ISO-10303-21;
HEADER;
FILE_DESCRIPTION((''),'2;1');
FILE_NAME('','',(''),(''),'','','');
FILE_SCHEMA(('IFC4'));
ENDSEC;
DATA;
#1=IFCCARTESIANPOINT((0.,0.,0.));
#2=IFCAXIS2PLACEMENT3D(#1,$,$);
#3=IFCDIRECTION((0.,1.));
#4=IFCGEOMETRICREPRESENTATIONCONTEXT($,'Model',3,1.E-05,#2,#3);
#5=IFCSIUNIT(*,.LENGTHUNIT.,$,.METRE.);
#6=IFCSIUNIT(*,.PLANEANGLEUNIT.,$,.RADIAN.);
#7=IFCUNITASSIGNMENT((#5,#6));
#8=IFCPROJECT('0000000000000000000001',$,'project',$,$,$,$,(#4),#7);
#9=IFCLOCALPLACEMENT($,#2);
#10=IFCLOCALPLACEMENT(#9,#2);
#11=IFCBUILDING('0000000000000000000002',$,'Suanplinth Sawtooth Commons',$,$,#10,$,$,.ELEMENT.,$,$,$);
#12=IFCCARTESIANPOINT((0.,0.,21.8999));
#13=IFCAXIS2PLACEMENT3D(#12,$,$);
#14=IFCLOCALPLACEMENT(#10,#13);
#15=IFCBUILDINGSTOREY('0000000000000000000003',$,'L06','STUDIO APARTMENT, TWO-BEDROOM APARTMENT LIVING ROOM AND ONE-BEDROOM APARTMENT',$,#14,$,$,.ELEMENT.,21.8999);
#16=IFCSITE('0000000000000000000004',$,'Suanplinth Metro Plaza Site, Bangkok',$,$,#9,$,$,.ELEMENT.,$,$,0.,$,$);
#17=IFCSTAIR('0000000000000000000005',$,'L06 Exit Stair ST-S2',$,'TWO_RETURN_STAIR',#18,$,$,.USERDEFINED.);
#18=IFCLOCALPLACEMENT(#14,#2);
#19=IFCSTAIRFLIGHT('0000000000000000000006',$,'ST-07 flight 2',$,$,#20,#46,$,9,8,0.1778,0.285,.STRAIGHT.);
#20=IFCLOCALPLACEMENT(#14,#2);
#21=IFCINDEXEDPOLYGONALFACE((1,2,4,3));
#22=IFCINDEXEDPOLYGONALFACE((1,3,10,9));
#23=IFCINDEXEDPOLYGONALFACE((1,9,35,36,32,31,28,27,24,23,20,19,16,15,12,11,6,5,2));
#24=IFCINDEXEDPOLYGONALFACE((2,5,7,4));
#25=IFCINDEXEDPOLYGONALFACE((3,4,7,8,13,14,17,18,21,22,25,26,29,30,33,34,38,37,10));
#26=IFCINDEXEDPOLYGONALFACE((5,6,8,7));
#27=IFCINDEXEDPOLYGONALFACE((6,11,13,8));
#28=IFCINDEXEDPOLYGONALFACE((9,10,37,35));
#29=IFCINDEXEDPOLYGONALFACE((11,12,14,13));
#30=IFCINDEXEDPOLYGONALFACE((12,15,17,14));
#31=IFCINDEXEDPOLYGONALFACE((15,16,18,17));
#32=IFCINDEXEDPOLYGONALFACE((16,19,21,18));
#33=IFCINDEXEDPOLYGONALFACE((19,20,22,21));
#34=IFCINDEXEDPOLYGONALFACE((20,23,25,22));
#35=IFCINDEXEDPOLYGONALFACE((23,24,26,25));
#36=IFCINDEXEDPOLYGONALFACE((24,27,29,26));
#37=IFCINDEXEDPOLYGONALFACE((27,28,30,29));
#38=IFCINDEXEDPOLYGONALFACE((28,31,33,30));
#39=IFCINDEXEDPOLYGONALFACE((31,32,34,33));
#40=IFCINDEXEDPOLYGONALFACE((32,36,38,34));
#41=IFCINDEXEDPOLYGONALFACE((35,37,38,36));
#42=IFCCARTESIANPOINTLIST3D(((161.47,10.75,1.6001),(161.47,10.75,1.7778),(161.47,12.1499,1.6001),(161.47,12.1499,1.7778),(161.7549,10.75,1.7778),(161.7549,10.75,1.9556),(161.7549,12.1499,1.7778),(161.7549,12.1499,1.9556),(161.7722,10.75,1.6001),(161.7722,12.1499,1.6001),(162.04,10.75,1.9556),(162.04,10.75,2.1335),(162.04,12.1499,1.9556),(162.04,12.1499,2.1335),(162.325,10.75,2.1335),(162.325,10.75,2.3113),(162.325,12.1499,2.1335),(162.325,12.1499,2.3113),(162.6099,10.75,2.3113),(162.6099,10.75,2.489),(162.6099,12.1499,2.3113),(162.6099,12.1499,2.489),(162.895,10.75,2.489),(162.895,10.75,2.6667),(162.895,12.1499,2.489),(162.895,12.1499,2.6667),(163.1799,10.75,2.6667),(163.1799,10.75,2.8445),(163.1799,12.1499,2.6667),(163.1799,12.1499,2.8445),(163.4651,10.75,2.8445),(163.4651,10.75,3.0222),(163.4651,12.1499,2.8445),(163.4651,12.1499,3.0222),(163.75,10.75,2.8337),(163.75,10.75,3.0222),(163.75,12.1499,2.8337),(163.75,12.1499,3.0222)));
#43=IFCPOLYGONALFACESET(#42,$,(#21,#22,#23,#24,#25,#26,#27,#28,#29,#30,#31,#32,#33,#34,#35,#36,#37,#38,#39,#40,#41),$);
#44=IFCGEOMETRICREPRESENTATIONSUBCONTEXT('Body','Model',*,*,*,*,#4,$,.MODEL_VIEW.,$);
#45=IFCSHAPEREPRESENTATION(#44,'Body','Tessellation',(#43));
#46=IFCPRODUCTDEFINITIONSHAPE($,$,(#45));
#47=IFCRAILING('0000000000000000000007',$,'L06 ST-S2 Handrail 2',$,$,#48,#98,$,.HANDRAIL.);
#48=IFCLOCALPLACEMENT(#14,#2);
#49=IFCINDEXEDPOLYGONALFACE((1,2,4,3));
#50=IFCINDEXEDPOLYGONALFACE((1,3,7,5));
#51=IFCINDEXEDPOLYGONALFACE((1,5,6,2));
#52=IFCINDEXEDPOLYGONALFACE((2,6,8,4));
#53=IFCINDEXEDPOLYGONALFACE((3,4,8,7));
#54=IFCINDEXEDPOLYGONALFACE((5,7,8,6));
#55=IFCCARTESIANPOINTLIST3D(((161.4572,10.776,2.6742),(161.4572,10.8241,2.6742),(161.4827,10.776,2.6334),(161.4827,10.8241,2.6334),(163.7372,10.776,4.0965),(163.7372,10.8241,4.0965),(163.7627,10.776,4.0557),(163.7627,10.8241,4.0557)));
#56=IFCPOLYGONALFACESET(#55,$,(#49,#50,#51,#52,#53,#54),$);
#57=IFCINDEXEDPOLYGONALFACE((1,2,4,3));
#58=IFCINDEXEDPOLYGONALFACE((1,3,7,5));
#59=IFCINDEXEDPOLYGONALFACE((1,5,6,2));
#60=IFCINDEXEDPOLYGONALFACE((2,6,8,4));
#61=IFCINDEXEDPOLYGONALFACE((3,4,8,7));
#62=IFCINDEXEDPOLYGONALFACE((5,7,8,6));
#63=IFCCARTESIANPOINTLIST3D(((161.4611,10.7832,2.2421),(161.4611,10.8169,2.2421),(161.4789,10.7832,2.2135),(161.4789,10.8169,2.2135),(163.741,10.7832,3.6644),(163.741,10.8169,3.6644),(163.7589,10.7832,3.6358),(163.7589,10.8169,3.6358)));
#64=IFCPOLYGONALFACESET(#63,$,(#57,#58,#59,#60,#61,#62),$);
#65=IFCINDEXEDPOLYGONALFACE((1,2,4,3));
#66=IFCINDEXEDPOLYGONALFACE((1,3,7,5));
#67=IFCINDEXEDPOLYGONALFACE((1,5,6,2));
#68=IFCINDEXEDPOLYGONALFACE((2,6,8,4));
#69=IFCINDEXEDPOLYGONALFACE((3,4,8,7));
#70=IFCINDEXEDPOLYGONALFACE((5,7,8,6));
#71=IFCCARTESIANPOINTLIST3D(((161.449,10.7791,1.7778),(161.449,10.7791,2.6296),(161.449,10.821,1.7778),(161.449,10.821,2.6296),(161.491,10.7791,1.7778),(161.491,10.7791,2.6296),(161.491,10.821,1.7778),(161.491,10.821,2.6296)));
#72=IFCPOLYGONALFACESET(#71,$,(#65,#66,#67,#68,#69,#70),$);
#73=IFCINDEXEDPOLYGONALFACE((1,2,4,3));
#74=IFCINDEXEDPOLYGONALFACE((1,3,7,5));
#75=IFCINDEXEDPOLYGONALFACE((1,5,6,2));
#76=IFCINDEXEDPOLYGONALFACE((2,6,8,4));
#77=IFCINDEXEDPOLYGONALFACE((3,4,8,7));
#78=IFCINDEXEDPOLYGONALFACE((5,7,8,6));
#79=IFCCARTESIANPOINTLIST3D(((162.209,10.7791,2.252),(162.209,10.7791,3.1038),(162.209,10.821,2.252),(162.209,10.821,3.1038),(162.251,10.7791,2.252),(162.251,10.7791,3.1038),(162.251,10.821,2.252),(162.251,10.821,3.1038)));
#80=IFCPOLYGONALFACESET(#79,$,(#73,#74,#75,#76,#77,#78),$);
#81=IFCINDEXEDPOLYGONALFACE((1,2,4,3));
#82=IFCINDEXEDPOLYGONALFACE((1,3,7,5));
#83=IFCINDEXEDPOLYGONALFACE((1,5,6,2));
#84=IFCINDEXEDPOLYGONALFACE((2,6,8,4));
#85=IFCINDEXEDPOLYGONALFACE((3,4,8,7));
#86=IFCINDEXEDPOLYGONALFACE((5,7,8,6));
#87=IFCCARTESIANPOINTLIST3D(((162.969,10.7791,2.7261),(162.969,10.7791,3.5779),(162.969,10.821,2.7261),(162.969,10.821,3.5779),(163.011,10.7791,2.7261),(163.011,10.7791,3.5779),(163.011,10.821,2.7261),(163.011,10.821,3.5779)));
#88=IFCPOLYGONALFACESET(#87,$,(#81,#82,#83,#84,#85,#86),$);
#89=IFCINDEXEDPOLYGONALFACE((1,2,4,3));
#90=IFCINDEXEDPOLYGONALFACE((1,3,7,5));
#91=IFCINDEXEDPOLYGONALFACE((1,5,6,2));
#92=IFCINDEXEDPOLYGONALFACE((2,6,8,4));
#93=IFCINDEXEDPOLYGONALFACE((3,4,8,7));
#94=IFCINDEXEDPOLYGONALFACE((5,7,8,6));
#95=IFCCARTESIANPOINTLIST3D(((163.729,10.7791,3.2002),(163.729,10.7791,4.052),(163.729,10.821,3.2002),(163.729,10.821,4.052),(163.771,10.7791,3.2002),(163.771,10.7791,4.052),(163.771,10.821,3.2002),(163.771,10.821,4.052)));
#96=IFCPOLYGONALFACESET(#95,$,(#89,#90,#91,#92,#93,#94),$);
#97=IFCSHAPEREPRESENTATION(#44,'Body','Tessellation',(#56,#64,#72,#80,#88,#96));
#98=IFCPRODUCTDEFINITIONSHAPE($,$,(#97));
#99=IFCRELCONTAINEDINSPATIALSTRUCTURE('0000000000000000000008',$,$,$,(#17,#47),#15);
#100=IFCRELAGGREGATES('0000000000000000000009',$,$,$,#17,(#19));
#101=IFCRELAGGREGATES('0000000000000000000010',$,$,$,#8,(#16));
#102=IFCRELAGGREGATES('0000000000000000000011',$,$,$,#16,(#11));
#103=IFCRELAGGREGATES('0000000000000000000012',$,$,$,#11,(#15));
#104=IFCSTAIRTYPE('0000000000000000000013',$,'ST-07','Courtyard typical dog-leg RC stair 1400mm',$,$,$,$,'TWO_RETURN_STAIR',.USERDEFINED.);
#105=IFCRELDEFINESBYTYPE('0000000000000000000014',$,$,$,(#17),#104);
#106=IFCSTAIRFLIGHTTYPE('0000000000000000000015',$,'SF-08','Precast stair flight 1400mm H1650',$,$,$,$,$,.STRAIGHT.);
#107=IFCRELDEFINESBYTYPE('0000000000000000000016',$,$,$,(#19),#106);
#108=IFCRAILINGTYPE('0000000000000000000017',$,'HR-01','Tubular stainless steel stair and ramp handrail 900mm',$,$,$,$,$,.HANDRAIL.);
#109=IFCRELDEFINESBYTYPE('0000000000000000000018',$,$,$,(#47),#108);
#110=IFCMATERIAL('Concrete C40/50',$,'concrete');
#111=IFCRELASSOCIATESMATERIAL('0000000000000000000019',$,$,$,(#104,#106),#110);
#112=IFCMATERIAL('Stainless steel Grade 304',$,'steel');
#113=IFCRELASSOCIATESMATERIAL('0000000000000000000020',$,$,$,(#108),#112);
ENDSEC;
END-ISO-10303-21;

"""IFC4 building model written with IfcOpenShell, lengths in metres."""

from ifc_helpers import new_model, si_unit, direction, frame, origin, origin_2d, place, context, subcontext, project, spatial, polyline, rectangle, outline, extrude, material, type_object, element, aggregate, save


model = new_model("IFC4")

# Units and contexts
model_context = context("Model", 3, precision=1e-05, world=origin(), true_north=direction((0.0, 1.0)))
body_context = subcontext(model_context, "Body", "Model", "MODEL_VIEW")
ifc_project = project(units=[si_unit("LENGTHUNIT", "METRE"), si_unit("PLANEANGLEUNIT", "RADIAN")], contexts=[model_context])

# Site, building, storey
site_placement = place(None, origin())
site = spatial("IfcSite", under=ifc_project, at=site_placement, Name="Suanplinth Metro Plaza Site, Bangkok", CompositionType="ELEMENT", RefElevation=0.0)
building_placement = place(site_placement, origin())
building = spatial("IfcBuilding", under=site, at=building_placement, Name="Suanplinth Sawtooth Commons", CompositionType="ELEMENT")
storey_placement = place(building_placement, frame((0.0, 0.0, 21.8999)))
storey = spatial("IfcBuildingStorey", under=building, at=storey_placement, Name="L06", Description="STUDIO APARTMENT, TWO-BEDROOM APARTMENT LIVING ROOM AND ONE-BEDROOM APARTMENT", CompositionType="ELEMENT", Elevation=21.8999)

# Shared definitions
ifc_material_1 = material(Name="Concrete C40/50", Category="concrete")

# Stair, stair flight
stair_type = type_object("IfcStairType", Name="ST-07", Description="Courtyard typical dog-leg RC stair 1400mm", ElementType="TWO_RETURN_STAIR", PredefinedType="USERDEFINED", material=ifc_material_1)
stair_placement = place(storey_placement, origin())
stair = element("IfcStair", 1, at=stair_placement, inside=storey, type_object=stair_type, Name="L06 Exit Stair ST-S2", ObjectType="TWO_RETURN_STAIR", PredefinedType="USERDEFINED")
stair_flight_type = type_object("IfcStairFlightType", Name="SF-08", Description="Precast stair flight 1400mm H1650", PredefinedType="STRAIGHT", material=ifc_material_1)
stair_flight_placement = place(storey_placement, frame((161.47, 11.45, 1.6001), z_axis=(0.0, 0.0, 1.0), x_axis=(1.0, 0.0, 0.0)))
stair_flight = element("IfcStairFlight", 2, at=stair_flight_placement, type_object=stair_flight_type, Name="ST-07 flight 2", NumberOfRisers=9, NumberOfTreads=8, PredefinedType="STRAIGHT", RiserHeight=0.1778, TreadLength=0.285, context=body_context, shape_type="SweptSolid", body=[
    extrude(outline(polyline([(0.0, 0.0), (0.0, 0.1777), (0.2849, 0.1777), (0.2849, 0.3555), (0.5701, 0.3555), (0.5701, 0.5334), (0.855, 0.5334), (0.855, 0.7112), (1.1399, 0.7112), (1.1399, 0.8889), (1.425, 0.8889), (1.425, 1.0667), (1.71, 1.0667), (1.71, 1.2444), (1.9951, 1.2444), (1.9951, 1.4221), (2.28, 1.4221), (2.28, 1.6001), (2.28, 1.2336), (0.3022, 0.0), (0.0, 0.0)])), frame((0.0, 0.7, 0.0), z_axis=(0.0, -1.0, 0.0), x_axis=(1.0, 0.0, 0.0)), (0.0, 0.0, 1.0), 1.3999),
])
aggregate(stair, [stair_flight])

# Railing
ifc_material_2 = material(Name="Stainless steel Grade 304", Category="steel")
railing_type = type_object("IfcRailingType", Name="HR-01", Description="Tubular stainless steel stair and ramp handrail 900mm", PredefinedType="HANDRAIL", material=ifc_material_2)
railing_placement = place(storey_placement, frame((161.47, 10.8, 1.7778)))
element("IfcRailing", 3, at=railing_placement, inside=storey, type_object=railing_type, Name="L06 ST-S2 Handrail 2", PredefinedType="HANDRAIL", context=body_context, shape_type="SweptSolid", body=[
    extrude(rectangle(XDim=0.0481, YDim=0.0481, at=origin_2d()), frame((0.0, 0.0, 0.876), z_axis=(0.848442, 0.0, 0.529288), x_axis=(0.0, 1.0, 0.0)), (0.0, 0.0, 1.0), 2.6873),
    extrude(rectangle(XDim=0.0337, YDim=0.0337, at=origin_2d()), frame((0.0, 0.0, 0.45), z_axis=(0.848442, 0.0, 0.529288), x_axis=(0.0, 1.0, 0.0)), (0.0, 0.0, 1.0), 2.6873),
    extrude(rectangle(XDim=0.042, YDim=0.042, at=origin_2d()), origin(), (0.0, 0.0, 1.0), 0.8518),
    extrude(rectangle(XDim=0.042, YDim=0.042, at=origin_2d()), frame((0.76, 0.0, 0.4741)), (0.0, 0.0, 1.0), 0.8518),
    extrude(rectangle(XDim=0.042, YDim=0.042, at=origin_2d()), frame((1.52, 0.0, 0.9482)), (0.0, 0.0, 1.0), 0.8518),
    extrude(rectangle(XDim=0.042, YDim=0.042, at=origin_2d()), frame((2.28, 0.0, 1.4224)), (0.0, 0.0, 1.0), 0.8518),
])

save(model, "model.ifc")
